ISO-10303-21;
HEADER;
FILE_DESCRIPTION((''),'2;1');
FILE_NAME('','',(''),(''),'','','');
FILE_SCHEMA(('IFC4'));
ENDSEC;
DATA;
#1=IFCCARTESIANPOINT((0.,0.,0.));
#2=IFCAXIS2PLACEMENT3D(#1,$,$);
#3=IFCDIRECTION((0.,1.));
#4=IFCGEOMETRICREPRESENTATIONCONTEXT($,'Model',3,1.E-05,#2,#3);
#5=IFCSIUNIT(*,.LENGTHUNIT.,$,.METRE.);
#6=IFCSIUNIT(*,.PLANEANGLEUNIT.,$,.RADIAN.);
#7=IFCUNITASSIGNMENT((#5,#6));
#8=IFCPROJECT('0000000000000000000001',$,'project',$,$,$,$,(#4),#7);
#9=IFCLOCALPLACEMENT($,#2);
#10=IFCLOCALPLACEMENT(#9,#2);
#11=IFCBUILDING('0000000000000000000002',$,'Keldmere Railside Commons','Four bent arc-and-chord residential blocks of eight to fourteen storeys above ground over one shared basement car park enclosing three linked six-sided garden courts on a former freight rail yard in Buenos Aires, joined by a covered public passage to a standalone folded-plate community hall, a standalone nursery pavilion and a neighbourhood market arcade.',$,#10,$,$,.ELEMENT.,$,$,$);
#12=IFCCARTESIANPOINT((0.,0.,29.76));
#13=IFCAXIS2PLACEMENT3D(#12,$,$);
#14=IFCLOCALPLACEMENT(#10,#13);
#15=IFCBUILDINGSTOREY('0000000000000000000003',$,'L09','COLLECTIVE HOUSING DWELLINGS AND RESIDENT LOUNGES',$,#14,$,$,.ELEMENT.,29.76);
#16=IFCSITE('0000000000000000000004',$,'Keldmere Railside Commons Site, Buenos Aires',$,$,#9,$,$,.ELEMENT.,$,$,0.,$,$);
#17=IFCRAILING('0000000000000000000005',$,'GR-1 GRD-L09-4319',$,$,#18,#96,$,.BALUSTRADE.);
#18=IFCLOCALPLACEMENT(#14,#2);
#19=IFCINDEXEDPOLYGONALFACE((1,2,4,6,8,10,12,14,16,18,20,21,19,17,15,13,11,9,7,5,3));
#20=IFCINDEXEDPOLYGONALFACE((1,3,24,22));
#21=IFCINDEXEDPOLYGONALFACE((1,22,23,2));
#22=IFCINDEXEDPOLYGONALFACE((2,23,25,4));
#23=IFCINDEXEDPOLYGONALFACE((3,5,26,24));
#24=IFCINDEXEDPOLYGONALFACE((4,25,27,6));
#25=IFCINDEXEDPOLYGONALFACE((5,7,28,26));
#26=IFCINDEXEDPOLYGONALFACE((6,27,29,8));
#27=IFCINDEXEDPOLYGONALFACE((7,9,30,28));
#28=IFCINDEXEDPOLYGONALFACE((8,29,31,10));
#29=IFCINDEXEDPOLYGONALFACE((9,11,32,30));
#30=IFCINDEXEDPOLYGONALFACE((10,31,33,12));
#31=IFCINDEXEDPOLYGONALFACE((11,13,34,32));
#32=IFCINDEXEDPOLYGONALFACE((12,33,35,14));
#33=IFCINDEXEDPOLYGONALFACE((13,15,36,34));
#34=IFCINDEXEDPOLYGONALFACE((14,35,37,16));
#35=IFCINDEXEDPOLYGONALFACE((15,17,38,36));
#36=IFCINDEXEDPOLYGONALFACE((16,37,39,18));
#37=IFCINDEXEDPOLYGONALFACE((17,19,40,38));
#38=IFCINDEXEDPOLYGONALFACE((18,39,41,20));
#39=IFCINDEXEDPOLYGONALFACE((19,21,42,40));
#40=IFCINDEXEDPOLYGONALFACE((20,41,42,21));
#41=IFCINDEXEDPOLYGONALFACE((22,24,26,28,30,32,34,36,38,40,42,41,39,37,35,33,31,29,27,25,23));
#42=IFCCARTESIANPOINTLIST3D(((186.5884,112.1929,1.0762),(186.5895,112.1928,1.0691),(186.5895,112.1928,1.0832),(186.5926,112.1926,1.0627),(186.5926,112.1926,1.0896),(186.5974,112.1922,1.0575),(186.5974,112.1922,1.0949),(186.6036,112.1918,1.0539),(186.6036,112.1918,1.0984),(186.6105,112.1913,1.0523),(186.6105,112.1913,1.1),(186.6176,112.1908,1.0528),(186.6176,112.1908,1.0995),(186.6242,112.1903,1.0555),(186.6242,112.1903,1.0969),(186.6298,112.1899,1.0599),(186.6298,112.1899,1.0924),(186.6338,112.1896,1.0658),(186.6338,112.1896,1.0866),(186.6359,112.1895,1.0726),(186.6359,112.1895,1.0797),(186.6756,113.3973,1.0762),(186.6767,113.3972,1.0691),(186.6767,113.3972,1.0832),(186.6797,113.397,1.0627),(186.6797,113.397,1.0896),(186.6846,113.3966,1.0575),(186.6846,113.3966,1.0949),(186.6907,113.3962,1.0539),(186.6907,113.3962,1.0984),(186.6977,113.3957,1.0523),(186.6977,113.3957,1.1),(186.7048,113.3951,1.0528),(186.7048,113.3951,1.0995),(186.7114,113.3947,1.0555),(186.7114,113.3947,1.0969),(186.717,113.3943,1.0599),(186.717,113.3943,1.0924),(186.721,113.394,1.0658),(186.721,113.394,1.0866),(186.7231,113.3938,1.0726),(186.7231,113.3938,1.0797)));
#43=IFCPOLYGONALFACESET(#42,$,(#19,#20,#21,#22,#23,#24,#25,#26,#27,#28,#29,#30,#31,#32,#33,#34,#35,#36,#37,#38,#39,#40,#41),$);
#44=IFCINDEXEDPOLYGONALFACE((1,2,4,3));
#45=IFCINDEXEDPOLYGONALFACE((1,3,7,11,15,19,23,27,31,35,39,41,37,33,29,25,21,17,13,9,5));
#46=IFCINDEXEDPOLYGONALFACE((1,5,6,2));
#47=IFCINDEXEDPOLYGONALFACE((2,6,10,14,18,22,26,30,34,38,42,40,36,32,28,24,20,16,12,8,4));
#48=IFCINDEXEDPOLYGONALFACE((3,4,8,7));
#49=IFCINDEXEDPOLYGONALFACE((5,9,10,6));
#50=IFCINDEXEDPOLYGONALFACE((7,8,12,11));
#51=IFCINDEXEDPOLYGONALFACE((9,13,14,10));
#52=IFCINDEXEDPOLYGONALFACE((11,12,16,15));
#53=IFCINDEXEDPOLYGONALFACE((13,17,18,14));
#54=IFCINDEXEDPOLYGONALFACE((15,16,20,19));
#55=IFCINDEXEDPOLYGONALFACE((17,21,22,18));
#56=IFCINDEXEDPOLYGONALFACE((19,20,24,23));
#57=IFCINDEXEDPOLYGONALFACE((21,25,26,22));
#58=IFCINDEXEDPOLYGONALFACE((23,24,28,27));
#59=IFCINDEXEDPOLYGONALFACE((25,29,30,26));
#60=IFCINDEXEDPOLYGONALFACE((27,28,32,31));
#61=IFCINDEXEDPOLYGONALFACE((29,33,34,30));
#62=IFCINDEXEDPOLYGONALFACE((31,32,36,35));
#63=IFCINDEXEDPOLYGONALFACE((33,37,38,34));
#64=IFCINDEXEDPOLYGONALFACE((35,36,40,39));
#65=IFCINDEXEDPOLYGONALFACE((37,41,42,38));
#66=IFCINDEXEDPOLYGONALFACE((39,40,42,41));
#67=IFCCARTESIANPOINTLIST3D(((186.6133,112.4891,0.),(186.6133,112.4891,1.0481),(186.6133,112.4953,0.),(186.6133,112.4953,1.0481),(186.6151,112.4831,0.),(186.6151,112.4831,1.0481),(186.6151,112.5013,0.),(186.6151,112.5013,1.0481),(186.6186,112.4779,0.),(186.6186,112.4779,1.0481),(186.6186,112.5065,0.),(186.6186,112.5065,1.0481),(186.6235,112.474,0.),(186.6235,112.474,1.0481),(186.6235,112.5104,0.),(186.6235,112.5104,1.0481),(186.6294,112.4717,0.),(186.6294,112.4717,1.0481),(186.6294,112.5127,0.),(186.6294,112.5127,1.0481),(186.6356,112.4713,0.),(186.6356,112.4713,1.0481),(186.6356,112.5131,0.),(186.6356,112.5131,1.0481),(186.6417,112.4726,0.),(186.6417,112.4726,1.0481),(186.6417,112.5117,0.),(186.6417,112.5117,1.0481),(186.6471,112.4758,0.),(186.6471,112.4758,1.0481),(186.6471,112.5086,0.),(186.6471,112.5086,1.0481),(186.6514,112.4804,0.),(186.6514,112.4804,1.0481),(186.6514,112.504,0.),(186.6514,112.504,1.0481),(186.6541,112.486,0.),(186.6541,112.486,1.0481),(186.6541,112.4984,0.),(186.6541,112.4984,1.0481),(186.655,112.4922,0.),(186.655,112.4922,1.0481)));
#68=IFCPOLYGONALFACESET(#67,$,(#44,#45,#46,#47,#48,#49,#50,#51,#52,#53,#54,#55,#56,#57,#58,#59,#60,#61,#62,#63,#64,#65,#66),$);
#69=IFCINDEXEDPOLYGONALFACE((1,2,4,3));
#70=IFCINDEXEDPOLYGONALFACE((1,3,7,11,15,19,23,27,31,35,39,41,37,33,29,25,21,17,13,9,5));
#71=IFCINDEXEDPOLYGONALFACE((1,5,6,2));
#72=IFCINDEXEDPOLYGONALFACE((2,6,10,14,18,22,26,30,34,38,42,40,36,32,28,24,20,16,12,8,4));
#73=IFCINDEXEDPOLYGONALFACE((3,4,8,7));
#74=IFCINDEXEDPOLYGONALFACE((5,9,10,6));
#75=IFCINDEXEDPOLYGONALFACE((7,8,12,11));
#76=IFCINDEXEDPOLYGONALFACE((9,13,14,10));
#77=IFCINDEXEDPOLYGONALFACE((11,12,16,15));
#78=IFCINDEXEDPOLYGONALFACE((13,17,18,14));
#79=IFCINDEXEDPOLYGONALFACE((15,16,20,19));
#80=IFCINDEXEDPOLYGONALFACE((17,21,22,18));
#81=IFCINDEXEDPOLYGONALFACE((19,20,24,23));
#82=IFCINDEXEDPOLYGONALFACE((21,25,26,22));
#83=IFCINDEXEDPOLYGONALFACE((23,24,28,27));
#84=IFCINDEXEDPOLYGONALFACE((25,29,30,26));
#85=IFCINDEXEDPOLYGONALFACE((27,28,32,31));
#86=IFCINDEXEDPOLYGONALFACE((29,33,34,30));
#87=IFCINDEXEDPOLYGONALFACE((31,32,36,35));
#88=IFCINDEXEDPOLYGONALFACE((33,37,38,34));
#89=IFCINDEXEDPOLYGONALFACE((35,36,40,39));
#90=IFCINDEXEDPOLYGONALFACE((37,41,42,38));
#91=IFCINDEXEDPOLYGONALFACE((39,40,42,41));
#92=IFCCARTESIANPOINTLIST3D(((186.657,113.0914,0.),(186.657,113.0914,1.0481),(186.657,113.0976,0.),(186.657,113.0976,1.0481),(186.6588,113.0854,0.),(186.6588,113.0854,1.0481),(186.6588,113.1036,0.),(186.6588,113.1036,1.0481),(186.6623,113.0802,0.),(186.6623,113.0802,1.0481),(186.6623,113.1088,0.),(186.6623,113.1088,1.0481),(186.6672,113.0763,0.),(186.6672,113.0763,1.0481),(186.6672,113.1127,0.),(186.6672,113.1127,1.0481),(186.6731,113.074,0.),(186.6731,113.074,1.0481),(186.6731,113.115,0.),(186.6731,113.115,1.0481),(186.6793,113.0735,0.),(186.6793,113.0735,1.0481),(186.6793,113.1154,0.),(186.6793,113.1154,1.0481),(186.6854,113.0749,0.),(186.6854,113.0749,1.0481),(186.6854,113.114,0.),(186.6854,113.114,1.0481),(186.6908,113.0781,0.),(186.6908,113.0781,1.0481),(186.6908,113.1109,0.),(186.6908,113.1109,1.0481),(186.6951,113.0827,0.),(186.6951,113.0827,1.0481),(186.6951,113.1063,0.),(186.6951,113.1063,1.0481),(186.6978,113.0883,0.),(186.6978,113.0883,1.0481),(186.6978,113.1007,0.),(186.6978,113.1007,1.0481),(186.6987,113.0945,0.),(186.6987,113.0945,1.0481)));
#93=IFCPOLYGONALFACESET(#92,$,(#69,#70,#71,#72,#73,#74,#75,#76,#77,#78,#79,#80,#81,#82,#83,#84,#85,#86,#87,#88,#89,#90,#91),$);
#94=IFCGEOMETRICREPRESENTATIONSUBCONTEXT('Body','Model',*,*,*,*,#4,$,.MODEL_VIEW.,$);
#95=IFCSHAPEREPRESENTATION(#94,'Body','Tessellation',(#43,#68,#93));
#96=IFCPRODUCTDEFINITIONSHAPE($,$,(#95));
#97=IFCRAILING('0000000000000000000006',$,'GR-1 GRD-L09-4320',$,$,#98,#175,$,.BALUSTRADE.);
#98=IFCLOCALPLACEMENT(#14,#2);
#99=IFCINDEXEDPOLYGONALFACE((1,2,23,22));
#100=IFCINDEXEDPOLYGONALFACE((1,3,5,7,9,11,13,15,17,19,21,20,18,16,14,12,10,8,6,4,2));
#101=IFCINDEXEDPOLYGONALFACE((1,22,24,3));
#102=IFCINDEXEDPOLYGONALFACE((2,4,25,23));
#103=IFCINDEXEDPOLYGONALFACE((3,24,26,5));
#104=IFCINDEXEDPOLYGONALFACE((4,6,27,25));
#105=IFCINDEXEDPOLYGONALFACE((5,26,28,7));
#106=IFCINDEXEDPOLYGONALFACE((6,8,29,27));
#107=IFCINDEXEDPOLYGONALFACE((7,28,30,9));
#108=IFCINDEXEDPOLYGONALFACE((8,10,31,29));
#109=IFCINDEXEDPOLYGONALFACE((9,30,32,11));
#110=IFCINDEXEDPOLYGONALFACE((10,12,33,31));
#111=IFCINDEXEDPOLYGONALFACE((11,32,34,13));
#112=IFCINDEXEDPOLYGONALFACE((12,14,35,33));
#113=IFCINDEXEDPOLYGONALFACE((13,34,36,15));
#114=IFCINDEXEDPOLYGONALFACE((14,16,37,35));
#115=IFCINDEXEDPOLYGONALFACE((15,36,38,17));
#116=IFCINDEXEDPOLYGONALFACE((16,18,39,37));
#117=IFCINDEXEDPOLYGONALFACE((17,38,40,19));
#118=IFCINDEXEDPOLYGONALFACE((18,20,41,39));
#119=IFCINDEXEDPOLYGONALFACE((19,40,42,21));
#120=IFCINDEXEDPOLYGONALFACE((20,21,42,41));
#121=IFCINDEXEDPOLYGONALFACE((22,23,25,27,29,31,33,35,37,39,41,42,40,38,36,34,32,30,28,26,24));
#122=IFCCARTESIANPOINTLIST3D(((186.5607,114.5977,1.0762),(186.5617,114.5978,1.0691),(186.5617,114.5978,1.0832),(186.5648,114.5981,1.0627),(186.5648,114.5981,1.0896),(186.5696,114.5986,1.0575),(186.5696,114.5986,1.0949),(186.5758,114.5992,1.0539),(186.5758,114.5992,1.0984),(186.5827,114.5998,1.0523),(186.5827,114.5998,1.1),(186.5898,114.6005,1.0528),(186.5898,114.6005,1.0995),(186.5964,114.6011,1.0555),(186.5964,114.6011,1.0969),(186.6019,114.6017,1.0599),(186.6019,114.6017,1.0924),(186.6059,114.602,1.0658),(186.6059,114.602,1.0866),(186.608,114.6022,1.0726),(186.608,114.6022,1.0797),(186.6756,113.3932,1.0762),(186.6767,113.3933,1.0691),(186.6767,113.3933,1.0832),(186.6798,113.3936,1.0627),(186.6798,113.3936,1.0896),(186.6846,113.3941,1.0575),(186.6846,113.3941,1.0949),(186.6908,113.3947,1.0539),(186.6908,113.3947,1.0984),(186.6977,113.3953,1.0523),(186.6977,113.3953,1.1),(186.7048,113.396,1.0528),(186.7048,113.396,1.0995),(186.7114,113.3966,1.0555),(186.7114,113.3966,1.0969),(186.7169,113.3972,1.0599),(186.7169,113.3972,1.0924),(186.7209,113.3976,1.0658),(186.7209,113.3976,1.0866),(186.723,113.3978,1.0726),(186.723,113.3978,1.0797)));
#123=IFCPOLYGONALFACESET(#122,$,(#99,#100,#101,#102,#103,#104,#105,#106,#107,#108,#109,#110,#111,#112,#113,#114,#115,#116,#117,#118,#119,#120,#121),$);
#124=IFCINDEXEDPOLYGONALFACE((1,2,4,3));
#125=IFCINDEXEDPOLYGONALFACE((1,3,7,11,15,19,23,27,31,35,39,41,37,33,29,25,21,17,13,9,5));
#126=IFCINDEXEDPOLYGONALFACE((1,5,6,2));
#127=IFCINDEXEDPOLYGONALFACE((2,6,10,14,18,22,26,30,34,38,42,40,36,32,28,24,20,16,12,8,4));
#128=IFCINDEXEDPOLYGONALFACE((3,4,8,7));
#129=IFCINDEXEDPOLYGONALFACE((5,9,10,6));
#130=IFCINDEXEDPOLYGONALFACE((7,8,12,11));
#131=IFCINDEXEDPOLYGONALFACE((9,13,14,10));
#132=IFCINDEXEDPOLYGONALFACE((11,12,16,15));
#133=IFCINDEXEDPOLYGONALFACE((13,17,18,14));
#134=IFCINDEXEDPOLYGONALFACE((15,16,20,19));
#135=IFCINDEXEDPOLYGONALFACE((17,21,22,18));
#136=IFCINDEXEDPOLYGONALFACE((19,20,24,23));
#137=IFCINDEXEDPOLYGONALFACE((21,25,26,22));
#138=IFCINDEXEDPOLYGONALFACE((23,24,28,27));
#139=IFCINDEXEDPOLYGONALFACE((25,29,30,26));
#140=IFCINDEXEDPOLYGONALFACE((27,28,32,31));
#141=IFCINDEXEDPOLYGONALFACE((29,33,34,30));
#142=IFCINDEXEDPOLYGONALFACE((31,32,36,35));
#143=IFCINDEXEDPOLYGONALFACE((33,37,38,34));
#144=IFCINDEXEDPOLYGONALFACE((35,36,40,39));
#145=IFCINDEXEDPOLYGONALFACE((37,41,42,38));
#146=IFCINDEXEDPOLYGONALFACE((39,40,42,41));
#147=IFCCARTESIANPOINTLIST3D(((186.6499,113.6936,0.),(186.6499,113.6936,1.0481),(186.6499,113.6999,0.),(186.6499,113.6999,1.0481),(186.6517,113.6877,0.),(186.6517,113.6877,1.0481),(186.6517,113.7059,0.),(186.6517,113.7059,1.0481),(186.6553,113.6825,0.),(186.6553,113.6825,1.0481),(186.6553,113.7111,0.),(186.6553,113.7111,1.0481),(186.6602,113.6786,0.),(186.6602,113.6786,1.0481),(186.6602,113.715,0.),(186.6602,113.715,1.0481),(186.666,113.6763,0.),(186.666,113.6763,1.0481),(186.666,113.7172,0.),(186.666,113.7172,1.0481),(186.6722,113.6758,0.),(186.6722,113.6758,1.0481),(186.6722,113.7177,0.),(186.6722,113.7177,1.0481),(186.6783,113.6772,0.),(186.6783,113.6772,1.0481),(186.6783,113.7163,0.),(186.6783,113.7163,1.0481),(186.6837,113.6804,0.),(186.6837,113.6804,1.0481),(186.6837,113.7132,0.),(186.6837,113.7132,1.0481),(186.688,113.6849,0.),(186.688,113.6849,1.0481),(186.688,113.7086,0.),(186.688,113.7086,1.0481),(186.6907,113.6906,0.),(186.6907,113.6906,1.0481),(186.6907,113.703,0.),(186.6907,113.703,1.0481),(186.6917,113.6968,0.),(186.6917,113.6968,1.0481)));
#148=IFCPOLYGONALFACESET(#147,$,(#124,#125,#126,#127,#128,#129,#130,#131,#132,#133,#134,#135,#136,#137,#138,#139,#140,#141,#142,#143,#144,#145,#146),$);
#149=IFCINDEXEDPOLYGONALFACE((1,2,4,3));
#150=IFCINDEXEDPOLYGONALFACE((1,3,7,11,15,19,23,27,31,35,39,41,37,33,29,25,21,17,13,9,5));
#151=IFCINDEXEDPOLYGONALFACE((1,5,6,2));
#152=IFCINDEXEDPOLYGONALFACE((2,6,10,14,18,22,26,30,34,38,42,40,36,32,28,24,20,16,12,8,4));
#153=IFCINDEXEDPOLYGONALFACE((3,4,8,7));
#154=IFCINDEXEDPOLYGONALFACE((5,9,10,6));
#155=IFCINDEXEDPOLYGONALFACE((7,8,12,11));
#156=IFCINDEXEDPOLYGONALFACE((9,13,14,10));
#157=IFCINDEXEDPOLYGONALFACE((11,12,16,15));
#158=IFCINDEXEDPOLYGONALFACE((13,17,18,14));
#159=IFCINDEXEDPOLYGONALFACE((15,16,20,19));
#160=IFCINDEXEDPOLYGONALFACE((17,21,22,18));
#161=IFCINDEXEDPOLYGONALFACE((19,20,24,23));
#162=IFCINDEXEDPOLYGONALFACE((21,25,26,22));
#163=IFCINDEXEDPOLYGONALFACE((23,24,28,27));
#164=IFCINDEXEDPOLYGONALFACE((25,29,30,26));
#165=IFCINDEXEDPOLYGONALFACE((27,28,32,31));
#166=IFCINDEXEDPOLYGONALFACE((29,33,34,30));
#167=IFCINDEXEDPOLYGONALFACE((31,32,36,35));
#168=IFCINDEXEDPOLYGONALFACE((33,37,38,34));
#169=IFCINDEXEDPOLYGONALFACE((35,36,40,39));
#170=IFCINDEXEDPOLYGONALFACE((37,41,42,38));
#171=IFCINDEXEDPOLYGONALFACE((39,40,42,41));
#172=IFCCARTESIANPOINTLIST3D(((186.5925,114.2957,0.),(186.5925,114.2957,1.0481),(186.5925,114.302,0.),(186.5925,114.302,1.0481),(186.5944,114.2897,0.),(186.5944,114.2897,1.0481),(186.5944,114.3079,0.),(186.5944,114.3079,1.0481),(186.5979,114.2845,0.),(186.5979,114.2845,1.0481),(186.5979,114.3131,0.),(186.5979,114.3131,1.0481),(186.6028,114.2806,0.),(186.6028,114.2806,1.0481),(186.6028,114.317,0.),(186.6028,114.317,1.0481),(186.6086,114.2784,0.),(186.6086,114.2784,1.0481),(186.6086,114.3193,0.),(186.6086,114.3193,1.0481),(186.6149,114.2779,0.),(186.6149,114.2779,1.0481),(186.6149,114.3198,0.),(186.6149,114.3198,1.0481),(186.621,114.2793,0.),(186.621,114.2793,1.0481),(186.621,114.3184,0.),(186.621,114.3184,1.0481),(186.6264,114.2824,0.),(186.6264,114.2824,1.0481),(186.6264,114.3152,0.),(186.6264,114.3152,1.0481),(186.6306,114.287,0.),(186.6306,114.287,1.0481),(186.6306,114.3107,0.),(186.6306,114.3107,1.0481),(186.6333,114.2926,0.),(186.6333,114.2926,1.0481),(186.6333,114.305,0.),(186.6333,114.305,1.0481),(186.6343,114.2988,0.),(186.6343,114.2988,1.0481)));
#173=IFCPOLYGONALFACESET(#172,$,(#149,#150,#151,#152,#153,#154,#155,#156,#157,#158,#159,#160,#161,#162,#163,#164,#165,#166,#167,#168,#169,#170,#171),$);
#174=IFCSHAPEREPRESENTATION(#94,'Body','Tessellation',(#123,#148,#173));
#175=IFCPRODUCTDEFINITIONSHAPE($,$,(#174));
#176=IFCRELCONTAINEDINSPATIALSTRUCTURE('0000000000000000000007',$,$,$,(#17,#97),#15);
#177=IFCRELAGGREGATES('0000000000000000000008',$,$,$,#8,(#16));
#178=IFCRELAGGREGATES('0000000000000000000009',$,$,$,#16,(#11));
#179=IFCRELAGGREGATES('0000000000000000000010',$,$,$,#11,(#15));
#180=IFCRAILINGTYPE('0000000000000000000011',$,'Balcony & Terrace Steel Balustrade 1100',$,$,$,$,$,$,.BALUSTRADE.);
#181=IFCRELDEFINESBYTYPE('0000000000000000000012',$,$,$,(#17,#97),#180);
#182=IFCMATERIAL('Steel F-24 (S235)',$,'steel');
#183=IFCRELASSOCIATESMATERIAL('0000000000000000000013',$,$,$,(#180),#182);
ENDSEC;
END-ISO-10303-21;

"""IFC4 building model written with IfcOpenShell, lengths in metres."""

from ifc_helpers import new_model, si_unit, direction, frame, origin, origin_2d, place, context, subcontext, project, spatial, circle, extrude, material, type_object, element, save


model = new_model("IFC4")

# Units and contexts
model_context = context("Model", 3, precision=1e-05, world=origin(), true_north=direction((0.0, 1.0)))
body_context = subcontext(model_context, "Body", "Model", "MODEL_VIEW")
ifc_project = project(units=[si_unit("LENGTHUNIT", "METRE"), si_unit("PLANEANGLEUNIT", "RADIAN")], contexts=[model_context])

# Site, building, storey
site_placement = place(None, origin())
site = spatial("IfcSite", under=ifc_project, at=site_placement, Name="Keldmere Railside Commons Site, Buenos Aires", CompositionType="ELEMENT", RefElevation=0.0)
building_placement = place(site_placement, origin())
building = spatial("IfcBuilding", under=site, at=building_placement, Name="Keldmere Railside Commons", Description="Four bent arc-and-chord residential blocks of eight to fourteen storeys above ground over one shared basement car park enclosing three linked six-sided garden courts on a former freight rail yard in Buenos Aires, joined by a covered public passage to a standalone folded-plate community hall, a standalone nursery pavilion and a neighbourhood market arcade.", CompositionType="ELEMENT")
storey_placement = place(building_placement, frame((0.0, 0.0, 29.76)))
storey = spatial("IfcBuildingStorey", under=building, at=storey_placement, Name="L09", Description="COLLECTIVE HOUSING DWELLINGS AND RESIDENT LOUNGES", CompositionType="ELEMENT", Elevation=29.76)

# Railings
ifc_material_1 = material(Name="Steel F-24 (S235)", Category="steel")
railing_type = type_object("IfcRailingType", Name="Balcony & Terrace Steel Balustrade 1100", PredefinedType="BALUSTRADE", material=ifc_material_1)
railing_1_placement = place(storey_placement, frame((186.6123, 112.1912, 0.0)))
element("IfcRailing", 1, at=railing_1_placement, inside=storey, type_object=railing_type, Name="GR-1 GRD-L09-4319", PredefinedType="BALUSTRADE", context=body_context, shape_type="SweptSolid", body=[
    extrude(circle(Radius=0.0239, at=origin_2d()), frame((0.0, 0.0, 1.0762), z_axis=(0.072181, 0.997392, 0.0), x_axis=(-0.997392, 0.072181, 0.0)), (0.0, 0.0, 1.0), 1.2075),
    extrude(circle(Radius=0.021, at=origin_2d()), frame((0.0217, 0.301, 0.0)), (0.0, 0.0, 1.0), 1.0481),
    extrude(circle(Radius=0.021, at=origin_2d()), frame((0.0654, 0.9033, 0.0)), (0.0, 0.0, 1.0), 1.0481),
])
railing_2_placement = place(storey_placement, frame((186.6995, 113.3955, 0.0)))
element("IfcRailing", 2, at=railing_2_placement, inside=storey, type_object=railing_type, Name="GR-1 GRD-L09-4320", PredefinedType="BALUSTRADE", context=body_context, shape_type="SweptSolid", body=[
    extrude(circle(Radius=0.0239, at=origin_2d()), frame((0.0, 0.0, 1.0762), z_axis=(-0.095028, 0.995475, 0.0), x_axis=(-0.995475, -0.095028, 0.0)), (0.0, 0.0, 1.0), 1.21),
    extrude(circle(Radius=0.021, at=origin_2d()), frame((-0.0288, 0.3013, 0.0)), (0.0, 0.0, 1.0), 1.0481),
    extrude(circle(Radius=0.021, at=origin_2d()), frame((-0.0862, 0.9033, 0.0)), (0.0, 0.0, 1.0), 1.0481),
])

save(model, "model.ifc")
